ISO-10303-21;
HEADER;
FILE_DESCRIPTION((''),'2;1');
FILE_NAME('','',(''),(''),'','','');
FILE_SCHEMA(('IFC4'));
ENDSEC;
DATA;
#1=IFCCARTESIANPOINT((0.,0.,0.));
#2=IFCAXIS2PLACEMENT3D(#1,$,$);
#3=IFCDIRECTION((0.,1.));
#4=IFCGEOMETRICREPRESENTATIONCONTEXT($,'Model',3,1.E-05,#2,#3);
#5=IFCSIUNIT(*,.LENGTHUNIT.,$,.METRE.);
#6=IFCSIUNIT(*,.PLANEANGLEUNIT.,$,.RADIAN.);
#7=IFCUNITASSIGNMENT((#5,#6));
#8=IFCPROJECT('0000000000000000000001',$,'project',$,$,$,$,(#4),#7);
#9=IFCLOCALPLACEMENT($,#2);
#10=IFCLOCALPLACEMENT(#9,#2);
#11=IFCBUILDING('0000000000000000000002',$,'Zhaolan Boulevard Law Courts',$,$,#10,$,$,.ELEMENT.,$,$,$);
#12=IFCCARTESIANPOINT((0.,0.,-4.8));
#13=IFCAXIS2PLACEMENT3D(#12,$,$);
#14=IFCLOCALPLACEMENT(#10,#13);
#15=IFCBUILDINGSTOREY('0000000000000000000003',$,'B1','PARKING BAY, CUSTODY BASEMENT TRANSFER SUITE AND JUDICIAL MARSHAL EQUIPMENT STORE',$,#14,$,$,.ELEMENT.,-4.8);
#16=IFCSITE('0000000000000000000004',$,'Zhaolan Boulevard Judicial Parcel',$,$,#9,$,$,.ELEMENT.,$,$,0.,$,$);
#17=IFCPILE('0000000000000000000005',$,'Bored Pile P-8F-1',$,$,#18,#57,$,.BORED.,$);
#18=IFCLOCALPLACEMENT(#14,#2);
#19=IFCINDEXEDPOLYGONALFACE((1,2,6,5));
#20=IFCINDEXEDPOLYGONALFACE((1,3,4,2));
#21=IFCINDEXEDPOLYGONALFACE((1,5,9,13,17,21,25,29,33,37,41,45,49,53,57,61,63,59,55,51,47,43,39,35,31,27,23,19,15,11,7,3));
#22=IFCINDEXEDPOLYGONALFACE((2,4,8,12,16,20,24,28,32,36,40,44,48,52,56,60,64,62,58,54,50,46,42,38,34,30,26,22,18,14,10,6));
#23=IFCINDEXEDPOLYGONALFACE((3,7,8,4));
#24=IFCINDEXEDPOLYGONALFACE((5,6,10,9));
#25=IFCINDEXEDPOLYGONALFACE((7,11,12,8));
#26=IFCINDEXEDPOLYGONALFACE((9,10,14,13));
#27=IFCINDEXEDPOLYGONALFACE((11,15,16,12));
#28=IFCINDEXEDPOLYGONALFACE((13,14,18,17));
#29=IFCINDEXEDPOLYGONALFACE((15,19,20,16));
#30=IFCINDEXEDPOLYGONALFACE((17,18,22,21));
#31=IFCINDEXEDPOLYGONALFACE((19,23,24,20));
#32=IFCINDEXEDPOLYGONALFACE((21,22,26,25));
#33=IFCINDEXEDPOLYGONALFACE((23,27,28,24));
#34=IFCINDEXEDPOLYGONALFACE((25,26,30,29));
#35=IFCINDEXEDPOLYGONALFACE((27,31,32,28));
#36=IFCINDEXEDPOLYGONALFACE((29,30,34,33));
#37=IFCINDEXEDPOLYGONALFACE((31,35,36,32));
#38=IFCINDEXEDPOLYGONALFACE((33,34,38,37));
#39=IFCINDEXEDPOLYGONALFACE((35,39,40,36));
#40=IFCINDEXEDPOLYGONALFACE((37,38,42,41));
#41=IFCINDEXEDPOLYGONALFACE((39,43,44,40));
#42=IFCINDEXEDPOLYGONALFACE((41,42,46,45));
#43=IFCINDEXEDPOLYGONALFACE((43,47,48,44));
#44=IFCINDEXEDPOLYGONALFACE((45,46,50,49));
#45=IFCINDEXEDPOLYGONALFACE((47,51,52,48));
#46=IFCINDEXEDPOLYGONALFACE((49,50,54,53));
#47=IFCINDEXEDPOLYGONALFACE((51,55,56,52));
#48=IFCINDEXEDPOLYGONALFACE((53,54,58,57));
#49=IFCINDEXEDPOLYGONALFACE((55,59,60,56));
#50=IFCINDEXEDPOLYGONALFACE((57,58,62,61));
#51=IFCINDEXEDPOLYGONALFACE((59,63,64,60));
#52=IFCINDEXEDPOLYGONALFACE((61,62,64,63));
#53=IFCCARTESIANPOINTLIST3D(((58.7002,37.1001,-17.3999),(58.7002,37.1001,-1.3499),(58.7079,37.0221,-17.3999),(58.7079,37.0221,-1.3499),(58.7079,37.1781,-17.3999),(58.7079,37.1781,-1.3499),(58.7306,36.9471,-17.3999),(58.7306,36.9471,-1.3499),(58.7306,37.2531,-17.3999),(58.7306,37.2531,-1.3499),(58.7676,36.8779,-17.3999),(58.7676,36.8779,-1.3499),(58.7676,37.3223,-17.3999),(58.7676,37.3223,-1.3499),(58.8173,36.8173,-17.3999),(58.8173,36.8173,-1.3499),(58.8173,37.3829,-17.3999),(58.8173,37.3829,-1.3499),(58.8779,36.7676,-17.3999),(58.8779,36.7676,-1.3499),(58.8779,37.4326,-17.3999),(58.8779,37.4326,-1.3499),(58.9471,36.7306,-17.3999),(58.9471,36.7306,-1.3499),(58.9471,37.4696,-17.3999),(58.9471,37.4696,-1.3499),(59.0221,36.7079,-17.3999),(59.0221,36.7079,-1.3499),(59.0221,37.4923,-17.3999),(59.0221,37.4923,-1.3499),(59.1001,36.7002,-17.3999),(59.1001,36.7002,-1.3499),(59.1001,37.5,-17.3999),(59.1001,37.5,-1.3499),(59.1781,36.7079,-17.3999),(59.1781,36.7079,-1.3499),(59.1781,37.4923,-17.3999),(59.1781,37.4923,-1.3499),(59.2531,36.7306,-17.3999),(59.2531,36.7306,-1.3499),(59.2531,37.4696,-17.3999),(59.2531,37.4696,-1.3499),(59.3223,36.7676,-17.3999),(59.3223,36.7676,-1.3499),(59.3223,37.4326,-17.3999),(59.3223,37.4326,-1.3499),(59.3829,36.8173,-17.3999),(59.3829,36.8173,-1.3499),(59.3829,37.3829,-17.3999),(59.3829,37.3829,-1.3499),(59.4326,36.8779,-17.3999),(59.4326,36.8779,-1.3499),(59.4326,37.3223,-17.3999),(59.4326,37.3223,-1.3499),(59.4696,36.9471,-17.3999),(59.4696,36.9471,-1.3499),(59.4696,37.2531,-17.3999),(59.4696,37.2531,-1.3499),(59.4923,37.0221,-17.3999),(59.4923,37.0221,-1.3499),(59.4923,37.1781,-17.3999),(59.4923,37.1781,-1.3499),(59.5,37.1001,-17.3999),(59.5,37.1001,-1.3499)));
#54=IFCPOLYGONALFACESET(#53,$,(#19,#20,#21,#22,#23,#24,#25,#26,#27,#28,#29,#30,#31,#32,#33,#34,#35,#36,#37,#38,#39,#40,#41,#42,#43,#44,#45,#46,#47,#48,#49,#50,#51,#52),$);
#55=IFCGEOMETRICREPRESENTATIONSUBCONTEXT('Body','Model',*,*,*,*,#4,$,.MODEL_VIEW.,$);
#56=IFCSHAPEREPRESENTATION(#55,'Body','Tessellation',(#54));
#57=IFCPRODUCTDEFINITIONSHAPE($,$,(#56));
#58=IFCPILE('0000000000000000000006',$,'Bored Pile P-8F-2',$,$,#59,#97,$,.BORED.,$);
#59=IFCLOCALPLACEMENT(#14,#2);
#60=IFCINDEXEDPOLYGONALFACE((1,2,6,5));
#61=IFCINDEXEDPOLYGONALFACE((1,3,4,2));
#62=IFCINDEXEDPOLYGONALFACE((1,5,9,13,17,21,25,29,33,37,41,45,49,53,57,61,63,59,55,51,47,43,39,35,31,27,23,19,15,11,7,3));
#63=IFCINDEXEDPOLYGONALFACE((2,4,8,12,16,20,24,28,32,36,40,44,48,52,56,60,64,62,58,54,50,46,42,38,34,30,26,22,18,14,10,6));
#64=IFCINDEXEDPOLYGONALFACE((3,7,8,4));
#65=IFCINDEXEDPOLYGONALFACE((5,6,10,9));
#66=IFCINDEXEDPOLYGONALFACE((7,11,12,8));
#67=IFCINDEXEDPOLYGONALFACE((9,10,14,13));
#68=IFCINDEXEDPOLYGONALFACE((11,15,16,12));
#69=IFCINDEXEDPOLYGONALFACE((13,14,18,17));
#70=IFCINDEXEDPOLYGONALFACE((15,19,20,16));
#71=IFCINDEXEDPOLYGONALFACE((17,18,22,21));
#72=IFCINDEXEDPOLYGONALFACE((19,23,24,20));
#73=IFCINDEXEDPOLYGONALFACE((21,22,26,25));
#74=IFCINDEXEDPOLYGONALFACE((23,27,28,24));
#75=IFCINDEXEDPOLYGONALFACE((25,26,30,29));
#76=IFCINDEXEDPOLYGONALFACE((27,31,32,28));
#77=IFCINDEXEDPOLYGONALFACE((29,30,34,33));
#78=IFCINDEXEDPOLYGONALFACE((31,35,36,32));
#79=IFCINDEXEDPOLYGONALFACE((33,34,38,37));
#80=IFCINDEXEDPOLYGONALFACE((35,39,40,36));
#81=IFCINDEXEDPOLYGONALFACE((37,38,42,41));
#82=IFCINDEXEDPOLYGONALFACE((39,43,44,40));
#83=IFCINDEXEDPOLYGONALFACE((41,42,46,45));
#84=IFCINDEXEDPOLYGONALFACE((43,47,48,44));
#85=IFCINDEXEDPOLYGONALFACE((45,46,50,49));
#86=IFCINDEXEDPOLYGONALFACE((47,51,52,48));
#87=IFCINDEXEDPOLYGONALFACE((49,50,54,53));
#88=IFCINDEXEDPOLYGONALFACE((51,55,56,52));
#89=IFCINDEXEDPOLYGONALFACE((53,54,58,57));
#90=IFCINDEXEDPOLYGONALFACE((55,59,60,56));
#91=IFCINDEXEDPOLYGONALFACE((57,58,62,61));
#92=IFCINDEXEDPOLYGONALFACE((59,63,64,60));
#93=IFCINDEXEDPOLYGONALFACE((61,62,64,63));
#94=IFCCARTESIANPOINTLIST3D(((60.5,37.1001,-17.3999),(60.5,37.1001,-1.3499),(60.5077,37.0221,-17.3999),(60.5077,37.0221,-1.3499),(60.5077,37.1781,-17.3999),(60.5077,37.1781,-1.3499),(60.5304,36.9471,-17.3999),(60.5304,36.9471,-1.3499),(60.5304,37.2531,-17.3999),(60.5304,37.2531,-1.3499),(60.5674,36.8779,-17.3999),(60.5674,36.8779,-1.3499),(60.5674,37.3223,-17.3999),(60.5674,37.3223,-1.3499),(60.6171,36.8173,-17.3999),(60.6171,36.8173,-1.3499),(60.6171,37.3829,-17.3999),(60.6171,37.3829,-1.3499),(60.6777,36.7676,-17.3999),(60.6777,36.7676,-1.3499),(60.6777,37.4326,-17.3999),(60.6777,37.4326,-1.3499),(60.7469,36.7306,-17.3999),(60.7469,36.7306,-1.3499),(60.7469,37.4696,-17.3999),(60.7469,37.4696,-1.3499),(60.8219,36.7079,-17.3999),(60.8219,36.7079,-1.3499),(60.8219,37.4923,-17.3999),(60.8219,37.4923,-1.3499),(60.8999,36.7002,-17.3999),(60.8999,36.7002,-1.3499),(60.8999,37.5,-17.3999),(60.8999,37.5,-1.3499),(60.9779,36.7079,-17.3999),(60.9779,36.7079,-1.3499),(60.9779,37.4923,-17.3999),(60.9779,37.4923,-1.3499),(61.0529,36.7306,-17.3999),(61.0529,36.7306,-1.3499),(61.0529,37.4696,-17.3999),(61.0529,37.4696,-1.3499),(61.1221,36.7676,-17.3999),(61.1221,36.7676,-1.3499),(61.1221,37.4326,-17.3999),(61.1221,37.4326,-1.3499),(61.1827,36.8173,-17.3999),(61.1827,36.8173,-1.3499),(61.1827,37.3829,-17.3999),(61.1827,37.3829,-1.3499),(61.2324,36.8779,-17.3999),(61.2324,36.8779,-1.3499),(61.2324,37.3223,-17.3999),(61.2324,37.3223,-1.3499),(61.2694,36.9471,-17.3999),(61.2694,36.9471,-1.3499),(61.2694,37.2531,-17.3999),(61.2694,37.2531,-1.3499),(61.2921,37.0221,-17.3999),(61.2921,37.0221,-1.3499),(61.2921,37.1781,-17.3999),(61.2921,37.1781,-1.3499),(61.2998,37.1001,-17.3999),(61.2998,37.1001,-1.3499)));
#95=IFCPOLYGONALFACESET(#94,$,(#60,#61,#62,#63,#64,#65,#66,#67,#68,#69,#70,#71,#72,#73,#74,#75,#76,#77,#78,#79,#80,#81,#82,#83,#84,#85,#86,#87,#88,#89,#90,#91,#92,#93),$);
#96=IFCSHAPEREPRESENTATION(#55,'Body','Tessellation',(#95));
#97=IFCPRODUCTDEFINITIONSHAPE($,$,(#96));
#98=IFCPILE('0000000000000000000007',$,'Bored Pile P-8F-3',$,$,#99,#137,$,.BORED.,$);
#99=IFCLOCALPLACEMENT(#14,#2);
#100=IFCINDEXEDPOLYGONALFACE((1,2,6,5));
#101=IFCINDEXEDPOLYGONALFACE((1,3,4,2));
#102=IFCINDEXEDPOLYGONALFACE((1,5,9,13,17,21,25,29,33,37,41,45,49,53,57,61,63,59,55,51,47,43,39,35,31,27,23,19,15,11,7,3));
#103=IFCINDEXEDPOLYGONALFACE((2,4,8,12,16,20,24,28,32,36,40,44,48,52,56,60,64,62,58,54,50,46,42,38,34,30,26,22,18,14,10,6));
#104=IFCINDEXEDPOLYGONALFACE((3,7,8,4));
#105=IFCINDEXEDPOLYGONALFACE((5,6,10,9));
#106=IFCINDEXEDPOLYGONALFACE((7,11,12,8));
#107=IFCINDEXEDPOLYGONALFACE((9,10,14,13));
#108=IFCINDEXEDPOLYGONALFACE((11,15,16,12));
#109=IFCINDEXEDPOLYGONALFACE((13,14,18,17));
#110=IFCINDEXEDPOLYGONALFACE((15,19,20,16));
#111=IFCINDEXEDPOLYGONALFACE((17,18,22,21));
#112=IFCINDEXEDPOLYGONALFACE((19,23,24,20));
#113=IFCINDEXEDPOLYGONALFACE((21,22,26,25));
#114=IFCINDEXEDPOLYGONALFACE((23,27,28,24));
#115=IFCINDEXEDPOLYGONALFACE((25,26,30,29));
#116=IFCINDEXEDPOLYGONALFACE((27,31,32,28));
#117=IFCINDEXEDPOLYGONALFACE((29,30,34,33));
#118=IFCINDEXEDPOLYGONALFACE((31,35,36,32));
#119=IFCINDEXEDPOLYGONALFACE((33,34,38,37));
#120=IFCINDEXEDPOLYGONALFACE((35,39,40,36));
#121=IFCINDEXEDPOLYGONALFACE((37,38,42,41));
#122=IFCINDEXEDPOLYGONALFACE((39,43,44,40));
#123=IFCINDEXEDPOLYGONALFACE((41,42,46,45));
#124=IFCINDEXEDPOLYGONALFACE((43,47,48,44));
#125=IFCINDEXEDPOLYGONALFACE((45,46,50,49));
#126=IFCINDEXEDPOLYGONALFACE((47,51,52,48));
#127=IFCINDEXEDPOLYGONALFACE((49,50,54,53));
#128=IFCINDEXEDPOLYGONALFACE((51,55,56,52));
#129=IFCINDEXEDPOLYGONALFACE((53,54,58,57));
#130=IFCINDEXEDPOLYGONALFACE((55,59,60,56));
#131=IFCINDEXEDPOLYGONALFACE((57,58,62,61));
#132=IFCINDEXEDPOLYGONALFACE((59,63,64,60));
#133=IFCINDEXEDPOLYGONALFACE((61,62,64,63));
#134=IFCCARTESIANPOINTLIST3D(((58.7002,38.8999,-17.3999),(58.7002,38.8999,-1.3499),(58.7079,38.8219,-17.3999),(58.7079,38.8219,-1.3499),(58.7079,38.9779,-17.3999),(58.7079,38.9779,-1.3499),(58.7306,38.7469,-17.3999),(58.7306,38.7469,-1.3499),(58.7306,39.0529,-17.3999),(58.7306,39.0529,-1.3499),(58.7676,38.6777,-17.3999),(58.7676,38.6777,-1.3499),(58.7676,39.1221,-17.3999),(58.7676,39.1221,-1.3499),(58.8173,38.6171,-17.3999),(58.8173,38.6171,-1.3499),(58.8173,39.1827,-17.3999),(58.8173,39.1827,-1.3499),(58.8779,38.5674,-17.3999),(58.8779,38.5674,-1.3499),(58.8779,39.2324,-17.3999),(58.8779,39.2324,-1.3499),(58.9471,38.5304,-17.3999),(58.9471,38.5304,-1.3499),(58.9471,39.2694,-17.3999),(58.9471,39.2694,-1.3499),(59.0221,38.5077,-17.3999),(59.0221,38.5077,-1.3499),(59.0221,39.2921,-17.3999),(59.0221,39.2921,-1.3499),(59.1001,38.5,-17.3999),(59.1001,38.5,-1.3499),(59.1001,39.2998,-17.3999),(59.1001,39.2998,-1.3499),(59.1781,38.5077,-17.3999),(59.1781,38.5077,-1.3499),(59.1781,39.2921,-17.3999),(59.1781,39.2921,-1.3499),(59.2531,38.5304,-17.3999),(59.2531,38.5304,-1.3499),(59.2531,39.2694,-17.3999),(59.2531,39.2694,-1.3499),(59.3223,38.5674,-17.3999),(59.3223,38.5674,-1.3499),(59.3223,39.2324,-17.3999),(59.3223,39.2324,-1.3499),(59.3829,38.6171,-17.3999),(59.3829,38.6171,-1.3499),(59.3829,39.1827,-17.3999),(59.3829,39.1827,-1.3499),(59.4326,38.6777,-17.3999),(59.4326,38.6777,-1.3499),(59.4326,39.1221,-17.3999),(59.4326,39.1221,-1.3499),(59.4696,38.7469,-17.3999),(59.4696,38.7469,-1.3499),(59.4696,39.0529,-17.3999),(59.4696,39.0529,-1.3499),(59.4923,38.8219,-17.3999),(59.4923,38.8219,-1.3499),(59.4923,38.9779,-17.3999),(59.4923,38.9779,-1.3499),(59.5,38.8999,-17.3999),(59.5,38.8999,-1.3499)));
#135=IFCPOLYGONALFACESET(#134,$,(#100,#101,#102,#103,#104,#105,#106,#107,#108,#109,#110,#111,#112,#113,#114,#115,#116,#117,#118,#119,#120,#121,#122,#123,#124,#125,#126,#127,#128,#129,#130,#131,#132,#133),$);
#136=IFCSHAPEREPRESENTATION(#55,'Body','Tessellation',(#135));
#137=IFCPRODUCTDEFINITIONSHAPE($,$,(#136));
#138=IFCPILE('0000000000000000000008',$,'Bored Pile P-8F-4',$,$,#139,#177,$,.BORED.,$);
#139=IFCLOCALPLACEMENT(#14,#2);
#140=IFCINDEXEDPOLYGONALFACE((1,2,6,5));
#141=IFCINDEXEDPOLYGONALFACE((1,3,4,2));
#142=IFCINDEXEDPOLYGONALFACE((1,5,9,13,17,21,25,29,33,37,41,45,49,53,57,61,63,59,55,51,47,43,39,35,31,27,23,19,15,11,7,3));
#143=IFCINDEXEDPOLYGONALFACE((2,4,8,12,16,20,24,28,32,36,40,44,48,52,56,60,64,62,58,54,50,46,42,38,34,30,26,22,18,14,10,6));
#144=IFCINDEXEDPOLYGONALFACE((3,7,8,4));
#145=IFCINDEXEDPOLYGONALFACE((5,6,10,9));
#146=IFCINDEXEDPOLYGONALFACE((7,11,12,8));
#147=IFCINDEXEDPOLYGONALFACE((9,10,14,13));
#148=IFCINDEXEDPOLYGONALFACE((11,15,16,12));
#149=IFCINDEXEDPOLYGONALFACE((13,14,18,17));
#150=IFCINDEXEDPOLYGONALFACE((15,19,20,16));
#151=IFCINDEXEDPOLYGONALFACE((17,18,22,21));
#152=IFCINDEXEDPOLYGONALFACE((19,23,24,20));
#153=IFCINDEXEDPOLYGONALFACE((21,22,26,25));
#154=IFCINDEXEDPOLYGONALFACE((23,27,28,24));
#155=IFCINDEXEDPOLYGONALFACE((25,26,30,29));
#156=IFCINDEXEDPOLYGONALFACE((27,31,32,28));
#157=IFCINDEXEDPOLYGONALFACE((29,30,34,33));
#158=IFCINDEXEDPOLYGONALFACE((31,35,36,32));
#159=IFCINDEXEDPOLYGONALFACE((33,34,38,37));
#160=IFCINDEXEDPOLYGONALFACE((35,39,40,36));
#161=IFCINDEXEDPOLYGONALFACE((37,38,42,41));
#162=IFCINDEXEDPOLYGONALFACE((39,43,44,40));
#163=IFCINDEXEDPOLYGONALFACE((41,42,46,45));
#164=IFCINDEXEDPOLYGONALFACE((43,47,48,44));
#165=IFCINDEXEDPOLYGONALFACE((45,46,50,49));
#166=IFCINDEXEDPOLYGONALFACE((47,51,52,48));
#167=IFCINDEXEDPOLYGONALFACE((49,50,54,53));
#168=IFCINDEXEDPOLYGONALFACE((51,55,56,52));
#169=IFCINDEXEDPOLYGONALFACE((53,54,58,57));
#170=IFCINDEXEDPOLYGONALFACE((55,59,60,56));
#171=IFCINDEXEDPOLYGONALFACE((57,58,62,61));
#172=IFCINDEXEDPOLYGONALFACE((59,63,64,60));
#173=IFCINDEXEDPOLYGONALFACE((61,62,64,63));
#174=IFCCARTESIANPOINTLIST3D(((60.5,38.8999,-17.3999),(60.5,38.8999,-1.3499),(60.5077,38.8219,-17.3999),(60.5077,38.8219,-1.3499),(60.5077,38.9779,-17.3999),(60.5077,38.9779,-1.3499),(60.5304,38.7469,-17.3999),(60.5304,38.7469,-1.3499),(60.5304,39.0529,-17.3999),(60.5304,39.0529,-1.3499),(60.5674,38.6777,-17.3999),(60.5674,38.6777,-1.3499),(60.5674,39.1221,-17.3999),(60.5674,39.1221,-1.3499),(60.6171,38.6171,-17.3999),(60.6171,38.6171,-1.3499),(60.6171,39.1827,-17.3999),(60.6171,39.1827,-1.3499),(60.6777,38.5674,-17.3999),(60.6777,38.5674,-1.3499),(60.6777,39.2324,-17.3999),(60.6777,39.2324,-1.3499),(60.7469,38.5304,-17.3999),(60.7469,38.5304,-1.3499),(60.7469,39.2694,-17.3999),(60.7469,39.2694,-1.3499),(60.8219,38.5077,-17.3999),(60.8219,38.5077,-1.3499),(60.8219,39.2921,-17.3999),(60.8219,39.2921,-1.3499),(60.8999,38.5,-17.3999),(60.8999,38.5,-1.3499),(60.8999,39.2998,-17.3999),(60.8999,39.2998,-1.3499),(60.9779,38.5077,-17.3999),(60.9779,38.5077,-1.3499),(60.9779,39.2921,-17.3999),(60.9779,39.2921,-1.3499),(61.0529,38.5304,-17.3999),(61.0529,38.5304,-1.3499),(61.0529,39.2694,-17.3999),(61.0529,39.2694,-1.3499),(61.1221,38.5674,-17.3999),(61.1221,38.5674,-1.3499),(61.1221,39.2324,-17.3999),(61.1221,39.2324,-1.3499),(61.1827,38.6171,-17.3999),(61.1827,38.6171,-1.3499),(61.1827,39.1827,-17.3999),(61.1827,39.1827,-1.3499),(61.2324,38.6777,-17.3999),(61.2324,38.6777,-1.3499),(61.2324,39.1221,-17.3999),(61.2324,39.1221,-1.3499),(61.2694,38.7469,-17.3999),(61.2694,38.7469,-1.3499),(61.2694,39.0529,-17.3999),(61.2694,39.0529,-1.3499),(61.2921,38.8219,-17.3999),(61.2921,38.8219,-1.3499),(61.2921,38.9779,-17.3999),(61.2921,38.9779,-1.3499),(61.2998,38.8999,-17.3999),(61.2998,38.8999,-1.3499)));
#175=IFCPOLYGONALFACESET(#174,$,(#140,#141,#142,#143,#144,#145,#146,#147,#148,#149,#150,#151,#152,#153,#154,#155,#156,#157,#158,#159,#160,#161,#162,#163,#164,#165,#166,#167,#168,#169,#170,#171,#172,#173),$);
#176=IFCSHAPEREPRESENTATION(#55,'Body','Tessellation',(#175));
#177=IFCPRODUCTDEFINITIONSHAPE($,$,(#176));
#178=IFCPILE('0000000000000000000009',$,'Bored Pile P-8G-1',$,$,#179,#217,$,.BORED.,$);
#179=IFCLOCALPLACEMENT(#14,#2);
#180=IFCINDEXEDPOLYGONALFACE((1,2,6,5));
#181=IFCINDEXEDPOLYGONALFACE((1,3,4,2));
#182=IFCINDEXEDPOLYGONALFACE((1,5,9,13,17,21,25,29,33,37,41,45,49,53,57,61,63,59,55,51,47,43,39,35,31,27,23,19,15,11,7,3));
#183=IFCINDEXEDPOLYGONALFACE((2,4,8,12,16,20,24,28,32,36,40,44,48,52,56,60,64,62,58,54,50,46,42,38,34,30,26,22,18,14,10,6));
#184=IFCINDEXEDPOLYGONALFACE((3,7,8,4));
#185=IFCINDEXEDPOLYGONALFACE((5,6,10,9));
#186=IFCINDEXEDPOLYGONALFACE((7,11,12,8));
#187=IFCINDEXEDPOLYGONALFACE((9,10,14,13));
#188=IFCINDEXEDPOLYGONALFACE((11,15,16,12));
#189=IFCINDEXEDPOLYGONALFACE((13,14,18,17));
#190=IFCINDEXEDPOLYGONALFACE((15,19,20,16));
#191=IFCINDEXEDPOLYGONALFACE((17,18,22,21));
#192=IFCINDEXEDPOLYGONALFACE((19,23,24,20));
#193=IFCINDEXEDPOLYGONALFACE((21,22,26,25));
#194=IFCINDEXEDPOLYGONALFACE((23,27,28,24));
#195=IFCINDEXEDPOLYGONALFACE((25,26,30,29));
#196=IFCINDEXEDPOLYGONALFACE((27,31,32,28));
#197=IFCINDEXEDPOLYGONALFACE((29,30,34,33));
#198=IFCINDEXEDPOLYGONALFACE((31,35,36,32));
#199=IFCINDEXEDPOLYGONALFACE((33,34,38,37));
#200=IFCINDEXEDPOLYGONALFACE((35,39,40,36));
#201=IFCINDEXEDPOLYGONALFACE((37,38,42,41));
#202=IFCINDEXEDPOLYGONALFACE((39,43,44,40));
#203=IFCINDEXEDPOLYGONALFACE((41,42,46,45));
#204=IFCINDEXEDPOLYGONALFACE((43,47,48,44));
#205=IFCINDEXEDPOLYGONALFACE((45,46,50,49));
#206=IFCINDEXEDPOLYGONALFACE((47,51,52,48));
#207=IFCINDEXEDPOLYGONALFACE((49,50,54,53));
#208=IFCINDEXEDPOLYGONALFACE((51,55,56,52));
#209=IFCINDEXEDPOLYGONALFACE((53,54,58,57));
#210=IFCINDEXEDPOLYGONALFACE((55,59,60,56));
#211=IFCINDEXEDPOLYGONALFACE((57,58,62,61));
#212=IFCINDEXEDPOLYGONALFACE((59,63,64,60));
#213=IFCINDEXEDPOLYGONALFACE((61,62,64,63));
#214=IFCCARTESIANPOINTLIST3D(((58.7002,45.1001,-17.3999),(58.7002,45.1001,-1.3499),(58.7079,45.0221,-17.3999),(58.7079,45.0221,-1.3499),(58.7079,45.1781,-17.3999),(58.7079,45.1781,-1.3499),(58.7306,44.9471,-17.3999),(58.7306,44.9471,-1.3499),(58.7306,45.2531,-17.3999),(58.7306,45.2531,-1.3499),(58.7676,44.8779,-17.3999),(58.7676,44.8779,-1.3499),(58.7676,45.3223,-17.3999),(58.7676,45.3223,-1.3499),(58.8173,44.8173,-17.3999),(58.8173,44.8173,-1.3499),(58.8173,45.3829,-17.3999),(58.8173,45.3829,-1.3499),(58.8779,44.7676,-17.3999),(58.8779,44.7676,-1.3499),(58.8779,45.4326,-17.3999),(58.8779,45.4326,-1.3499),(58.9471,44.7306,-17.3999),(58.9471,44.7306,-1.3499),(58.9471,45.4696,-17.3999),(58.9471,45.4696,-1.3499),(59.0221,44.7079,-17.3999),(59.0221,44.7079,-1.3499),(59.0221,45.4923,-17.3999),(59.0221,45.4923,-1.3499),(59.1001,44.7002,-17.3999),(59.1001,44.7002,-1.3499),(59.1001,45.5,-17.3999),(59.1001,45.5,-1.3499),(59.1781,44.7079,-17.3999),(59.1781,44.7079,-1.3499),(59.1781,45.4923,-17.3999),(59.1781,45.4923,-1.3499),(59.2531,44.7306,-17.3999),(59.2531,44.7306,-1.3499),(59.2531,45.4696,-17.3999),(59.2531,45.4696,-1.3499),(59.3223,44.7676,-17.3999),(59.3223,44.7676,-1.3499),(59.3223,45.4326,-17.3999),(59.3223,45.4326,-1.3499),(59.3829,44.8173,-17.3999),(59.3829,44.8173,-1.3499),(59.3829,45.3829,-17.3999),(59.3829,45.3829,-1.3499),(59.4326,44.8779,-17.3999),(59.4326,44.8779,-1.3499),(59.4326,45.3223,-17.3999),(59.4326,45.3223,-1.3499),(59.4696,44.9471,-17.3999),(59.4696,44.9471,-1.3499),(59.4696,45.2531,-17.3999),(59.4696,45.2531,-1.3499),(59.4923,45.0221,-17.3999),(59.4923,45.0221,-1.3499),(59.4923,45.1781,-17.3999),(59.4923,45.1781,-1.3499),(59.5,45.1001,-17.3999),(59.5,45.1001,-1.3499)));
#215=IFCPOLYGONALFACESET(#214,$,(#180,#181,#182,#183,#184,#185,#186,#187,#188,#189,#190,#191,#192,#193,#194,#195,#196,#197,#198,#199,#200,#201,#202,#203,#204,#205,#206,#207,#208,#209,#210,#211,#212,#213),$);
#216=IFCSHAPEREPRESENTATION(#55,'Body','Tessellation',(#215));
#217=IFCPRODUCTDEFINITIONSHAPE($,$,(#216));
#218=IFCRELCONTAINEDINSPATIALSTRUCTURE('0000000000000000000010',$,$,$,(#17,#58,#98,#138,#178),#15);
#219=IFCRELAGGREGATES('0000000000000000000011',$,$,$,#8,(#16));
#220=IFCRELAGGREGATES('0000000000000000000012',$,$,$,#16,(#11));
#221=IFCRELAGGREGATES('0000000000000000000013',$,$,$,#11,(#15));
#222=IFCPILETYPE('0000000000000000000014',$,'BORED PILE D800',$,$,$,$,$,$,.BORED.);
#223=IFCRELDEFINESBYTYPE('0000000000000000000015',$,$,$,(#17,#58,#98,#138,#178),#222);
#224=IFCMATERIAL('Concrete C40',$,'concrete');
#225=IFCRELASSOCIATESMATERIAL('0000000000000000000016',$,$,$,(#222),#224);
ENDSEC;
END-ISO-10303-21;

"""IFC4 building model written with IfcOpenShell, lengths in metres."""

from ifc_helpers import new_model, si_unit, direction, frame, origin, origin_2d, place, context, subcontext, project, spatial, circle, extrude, material, material_profile, profile_set, type_object, element, save


model = new_model("IFC4")

# Units and contexts
model_context = context("Model", 3, precision=1e-05, world=origin(), true_north=direction((0.0, 1.0)))
body_context = subcontext(model_context, "Body", "Model", "MODEL_VIEW")
ifc_project = project(units=[si_unit("LENGTHUNIT", "METRE"), si_unit("PLANEANGLEUNIT", "RADIAN")], contexts=[model_context])

# Site, building, storey
site_placement = place(None, origin())
site = spatial("IfcSite", under=ifc_project, at=site_placement, Name="Zhaolan Boulevard Judicial Parcel", CompositionType="ELEMENT", RefElevation=0.0)
building_placement = place(site_placement, origin())
building = spatial("IfcBuilding", under=site, at=building_placement, Name="Zhaolan Boulevard Law Courts", CompositionType="ELEMENT")
storey_placement = place(building_placement, frame((0.0, 0.0, -4.8)))
storey = spatial("IfcBuildingStorey", under=building, at=storey_placement, Name="B1", Description="PARKING BAY, CUSTODY BASEMENT TRANSFER SUITE AND JUDICIAL MARSHAL EQUIPMENT STORE", CompositionType="ELEMENT", Elevation=-4.8)

# Piles
ifc_material_1 = material(Name="Concrete C40", Category="concrete")
ifc_material_profile_1 = material_profile(ifc_material_1, circle(Radius=0.3999, at=origin_2d()), Name="PILE-D800")
ifc_profile_set_1 = profile_set([ifc_material_profile_1], Name="Concrete C40")
pile_type = type_object("IfcPileType", Name="BORED PILE D800", PredefinedType="BORED", material=ifc_profile_set_1)
for number, where, z_axis, x_axis, name in (
    (1, (59.1001, 37.1001, -1.3499), (0.0, 0.0, -1.0), (1.0, 0.0, 0.0), "Bored Pile P-8F-1"),
    (2, (60.8999, 37.1001, -1.3499), (0.0, 0.0, -1.0), (1.0, 0.0, 0.0), "Bored Pile P-8F-2"),
    (3, (59.1001, 38.8999, -1.3499), (0.0, 0.0, -1.0), (1.0, 0.0, 0.0), "Bored Pile P-8F-3"),
    (4, (60.8999, 38.8999, -1.3499), (0.0, 0.0, -1.0), (1.0, 0.0, 0.0), "Bored Pile P-8F-4"),
    (5, (59.1001, 45.1001, -1.3499), (0.0, 0.0, -1.0), (1.0, 0.0, 0.0), "Bored Pile P-8G-1"),
):
    element("IfcPile", number, at=place(storey_placement, frame(where, z_axis=z_axis, x_axis=x_axis)), inside=storey, type_object=pile_type, Name=name, PredefinedType="BORED", context=body_context, shape_type="SweptSolid", body=[
        extrude(circle(Radius=0.3999, at=origin_2d()), origin(), (0.0, 0.0, 1.0), 16.05),
    ])

save(model, "model.ifc")
